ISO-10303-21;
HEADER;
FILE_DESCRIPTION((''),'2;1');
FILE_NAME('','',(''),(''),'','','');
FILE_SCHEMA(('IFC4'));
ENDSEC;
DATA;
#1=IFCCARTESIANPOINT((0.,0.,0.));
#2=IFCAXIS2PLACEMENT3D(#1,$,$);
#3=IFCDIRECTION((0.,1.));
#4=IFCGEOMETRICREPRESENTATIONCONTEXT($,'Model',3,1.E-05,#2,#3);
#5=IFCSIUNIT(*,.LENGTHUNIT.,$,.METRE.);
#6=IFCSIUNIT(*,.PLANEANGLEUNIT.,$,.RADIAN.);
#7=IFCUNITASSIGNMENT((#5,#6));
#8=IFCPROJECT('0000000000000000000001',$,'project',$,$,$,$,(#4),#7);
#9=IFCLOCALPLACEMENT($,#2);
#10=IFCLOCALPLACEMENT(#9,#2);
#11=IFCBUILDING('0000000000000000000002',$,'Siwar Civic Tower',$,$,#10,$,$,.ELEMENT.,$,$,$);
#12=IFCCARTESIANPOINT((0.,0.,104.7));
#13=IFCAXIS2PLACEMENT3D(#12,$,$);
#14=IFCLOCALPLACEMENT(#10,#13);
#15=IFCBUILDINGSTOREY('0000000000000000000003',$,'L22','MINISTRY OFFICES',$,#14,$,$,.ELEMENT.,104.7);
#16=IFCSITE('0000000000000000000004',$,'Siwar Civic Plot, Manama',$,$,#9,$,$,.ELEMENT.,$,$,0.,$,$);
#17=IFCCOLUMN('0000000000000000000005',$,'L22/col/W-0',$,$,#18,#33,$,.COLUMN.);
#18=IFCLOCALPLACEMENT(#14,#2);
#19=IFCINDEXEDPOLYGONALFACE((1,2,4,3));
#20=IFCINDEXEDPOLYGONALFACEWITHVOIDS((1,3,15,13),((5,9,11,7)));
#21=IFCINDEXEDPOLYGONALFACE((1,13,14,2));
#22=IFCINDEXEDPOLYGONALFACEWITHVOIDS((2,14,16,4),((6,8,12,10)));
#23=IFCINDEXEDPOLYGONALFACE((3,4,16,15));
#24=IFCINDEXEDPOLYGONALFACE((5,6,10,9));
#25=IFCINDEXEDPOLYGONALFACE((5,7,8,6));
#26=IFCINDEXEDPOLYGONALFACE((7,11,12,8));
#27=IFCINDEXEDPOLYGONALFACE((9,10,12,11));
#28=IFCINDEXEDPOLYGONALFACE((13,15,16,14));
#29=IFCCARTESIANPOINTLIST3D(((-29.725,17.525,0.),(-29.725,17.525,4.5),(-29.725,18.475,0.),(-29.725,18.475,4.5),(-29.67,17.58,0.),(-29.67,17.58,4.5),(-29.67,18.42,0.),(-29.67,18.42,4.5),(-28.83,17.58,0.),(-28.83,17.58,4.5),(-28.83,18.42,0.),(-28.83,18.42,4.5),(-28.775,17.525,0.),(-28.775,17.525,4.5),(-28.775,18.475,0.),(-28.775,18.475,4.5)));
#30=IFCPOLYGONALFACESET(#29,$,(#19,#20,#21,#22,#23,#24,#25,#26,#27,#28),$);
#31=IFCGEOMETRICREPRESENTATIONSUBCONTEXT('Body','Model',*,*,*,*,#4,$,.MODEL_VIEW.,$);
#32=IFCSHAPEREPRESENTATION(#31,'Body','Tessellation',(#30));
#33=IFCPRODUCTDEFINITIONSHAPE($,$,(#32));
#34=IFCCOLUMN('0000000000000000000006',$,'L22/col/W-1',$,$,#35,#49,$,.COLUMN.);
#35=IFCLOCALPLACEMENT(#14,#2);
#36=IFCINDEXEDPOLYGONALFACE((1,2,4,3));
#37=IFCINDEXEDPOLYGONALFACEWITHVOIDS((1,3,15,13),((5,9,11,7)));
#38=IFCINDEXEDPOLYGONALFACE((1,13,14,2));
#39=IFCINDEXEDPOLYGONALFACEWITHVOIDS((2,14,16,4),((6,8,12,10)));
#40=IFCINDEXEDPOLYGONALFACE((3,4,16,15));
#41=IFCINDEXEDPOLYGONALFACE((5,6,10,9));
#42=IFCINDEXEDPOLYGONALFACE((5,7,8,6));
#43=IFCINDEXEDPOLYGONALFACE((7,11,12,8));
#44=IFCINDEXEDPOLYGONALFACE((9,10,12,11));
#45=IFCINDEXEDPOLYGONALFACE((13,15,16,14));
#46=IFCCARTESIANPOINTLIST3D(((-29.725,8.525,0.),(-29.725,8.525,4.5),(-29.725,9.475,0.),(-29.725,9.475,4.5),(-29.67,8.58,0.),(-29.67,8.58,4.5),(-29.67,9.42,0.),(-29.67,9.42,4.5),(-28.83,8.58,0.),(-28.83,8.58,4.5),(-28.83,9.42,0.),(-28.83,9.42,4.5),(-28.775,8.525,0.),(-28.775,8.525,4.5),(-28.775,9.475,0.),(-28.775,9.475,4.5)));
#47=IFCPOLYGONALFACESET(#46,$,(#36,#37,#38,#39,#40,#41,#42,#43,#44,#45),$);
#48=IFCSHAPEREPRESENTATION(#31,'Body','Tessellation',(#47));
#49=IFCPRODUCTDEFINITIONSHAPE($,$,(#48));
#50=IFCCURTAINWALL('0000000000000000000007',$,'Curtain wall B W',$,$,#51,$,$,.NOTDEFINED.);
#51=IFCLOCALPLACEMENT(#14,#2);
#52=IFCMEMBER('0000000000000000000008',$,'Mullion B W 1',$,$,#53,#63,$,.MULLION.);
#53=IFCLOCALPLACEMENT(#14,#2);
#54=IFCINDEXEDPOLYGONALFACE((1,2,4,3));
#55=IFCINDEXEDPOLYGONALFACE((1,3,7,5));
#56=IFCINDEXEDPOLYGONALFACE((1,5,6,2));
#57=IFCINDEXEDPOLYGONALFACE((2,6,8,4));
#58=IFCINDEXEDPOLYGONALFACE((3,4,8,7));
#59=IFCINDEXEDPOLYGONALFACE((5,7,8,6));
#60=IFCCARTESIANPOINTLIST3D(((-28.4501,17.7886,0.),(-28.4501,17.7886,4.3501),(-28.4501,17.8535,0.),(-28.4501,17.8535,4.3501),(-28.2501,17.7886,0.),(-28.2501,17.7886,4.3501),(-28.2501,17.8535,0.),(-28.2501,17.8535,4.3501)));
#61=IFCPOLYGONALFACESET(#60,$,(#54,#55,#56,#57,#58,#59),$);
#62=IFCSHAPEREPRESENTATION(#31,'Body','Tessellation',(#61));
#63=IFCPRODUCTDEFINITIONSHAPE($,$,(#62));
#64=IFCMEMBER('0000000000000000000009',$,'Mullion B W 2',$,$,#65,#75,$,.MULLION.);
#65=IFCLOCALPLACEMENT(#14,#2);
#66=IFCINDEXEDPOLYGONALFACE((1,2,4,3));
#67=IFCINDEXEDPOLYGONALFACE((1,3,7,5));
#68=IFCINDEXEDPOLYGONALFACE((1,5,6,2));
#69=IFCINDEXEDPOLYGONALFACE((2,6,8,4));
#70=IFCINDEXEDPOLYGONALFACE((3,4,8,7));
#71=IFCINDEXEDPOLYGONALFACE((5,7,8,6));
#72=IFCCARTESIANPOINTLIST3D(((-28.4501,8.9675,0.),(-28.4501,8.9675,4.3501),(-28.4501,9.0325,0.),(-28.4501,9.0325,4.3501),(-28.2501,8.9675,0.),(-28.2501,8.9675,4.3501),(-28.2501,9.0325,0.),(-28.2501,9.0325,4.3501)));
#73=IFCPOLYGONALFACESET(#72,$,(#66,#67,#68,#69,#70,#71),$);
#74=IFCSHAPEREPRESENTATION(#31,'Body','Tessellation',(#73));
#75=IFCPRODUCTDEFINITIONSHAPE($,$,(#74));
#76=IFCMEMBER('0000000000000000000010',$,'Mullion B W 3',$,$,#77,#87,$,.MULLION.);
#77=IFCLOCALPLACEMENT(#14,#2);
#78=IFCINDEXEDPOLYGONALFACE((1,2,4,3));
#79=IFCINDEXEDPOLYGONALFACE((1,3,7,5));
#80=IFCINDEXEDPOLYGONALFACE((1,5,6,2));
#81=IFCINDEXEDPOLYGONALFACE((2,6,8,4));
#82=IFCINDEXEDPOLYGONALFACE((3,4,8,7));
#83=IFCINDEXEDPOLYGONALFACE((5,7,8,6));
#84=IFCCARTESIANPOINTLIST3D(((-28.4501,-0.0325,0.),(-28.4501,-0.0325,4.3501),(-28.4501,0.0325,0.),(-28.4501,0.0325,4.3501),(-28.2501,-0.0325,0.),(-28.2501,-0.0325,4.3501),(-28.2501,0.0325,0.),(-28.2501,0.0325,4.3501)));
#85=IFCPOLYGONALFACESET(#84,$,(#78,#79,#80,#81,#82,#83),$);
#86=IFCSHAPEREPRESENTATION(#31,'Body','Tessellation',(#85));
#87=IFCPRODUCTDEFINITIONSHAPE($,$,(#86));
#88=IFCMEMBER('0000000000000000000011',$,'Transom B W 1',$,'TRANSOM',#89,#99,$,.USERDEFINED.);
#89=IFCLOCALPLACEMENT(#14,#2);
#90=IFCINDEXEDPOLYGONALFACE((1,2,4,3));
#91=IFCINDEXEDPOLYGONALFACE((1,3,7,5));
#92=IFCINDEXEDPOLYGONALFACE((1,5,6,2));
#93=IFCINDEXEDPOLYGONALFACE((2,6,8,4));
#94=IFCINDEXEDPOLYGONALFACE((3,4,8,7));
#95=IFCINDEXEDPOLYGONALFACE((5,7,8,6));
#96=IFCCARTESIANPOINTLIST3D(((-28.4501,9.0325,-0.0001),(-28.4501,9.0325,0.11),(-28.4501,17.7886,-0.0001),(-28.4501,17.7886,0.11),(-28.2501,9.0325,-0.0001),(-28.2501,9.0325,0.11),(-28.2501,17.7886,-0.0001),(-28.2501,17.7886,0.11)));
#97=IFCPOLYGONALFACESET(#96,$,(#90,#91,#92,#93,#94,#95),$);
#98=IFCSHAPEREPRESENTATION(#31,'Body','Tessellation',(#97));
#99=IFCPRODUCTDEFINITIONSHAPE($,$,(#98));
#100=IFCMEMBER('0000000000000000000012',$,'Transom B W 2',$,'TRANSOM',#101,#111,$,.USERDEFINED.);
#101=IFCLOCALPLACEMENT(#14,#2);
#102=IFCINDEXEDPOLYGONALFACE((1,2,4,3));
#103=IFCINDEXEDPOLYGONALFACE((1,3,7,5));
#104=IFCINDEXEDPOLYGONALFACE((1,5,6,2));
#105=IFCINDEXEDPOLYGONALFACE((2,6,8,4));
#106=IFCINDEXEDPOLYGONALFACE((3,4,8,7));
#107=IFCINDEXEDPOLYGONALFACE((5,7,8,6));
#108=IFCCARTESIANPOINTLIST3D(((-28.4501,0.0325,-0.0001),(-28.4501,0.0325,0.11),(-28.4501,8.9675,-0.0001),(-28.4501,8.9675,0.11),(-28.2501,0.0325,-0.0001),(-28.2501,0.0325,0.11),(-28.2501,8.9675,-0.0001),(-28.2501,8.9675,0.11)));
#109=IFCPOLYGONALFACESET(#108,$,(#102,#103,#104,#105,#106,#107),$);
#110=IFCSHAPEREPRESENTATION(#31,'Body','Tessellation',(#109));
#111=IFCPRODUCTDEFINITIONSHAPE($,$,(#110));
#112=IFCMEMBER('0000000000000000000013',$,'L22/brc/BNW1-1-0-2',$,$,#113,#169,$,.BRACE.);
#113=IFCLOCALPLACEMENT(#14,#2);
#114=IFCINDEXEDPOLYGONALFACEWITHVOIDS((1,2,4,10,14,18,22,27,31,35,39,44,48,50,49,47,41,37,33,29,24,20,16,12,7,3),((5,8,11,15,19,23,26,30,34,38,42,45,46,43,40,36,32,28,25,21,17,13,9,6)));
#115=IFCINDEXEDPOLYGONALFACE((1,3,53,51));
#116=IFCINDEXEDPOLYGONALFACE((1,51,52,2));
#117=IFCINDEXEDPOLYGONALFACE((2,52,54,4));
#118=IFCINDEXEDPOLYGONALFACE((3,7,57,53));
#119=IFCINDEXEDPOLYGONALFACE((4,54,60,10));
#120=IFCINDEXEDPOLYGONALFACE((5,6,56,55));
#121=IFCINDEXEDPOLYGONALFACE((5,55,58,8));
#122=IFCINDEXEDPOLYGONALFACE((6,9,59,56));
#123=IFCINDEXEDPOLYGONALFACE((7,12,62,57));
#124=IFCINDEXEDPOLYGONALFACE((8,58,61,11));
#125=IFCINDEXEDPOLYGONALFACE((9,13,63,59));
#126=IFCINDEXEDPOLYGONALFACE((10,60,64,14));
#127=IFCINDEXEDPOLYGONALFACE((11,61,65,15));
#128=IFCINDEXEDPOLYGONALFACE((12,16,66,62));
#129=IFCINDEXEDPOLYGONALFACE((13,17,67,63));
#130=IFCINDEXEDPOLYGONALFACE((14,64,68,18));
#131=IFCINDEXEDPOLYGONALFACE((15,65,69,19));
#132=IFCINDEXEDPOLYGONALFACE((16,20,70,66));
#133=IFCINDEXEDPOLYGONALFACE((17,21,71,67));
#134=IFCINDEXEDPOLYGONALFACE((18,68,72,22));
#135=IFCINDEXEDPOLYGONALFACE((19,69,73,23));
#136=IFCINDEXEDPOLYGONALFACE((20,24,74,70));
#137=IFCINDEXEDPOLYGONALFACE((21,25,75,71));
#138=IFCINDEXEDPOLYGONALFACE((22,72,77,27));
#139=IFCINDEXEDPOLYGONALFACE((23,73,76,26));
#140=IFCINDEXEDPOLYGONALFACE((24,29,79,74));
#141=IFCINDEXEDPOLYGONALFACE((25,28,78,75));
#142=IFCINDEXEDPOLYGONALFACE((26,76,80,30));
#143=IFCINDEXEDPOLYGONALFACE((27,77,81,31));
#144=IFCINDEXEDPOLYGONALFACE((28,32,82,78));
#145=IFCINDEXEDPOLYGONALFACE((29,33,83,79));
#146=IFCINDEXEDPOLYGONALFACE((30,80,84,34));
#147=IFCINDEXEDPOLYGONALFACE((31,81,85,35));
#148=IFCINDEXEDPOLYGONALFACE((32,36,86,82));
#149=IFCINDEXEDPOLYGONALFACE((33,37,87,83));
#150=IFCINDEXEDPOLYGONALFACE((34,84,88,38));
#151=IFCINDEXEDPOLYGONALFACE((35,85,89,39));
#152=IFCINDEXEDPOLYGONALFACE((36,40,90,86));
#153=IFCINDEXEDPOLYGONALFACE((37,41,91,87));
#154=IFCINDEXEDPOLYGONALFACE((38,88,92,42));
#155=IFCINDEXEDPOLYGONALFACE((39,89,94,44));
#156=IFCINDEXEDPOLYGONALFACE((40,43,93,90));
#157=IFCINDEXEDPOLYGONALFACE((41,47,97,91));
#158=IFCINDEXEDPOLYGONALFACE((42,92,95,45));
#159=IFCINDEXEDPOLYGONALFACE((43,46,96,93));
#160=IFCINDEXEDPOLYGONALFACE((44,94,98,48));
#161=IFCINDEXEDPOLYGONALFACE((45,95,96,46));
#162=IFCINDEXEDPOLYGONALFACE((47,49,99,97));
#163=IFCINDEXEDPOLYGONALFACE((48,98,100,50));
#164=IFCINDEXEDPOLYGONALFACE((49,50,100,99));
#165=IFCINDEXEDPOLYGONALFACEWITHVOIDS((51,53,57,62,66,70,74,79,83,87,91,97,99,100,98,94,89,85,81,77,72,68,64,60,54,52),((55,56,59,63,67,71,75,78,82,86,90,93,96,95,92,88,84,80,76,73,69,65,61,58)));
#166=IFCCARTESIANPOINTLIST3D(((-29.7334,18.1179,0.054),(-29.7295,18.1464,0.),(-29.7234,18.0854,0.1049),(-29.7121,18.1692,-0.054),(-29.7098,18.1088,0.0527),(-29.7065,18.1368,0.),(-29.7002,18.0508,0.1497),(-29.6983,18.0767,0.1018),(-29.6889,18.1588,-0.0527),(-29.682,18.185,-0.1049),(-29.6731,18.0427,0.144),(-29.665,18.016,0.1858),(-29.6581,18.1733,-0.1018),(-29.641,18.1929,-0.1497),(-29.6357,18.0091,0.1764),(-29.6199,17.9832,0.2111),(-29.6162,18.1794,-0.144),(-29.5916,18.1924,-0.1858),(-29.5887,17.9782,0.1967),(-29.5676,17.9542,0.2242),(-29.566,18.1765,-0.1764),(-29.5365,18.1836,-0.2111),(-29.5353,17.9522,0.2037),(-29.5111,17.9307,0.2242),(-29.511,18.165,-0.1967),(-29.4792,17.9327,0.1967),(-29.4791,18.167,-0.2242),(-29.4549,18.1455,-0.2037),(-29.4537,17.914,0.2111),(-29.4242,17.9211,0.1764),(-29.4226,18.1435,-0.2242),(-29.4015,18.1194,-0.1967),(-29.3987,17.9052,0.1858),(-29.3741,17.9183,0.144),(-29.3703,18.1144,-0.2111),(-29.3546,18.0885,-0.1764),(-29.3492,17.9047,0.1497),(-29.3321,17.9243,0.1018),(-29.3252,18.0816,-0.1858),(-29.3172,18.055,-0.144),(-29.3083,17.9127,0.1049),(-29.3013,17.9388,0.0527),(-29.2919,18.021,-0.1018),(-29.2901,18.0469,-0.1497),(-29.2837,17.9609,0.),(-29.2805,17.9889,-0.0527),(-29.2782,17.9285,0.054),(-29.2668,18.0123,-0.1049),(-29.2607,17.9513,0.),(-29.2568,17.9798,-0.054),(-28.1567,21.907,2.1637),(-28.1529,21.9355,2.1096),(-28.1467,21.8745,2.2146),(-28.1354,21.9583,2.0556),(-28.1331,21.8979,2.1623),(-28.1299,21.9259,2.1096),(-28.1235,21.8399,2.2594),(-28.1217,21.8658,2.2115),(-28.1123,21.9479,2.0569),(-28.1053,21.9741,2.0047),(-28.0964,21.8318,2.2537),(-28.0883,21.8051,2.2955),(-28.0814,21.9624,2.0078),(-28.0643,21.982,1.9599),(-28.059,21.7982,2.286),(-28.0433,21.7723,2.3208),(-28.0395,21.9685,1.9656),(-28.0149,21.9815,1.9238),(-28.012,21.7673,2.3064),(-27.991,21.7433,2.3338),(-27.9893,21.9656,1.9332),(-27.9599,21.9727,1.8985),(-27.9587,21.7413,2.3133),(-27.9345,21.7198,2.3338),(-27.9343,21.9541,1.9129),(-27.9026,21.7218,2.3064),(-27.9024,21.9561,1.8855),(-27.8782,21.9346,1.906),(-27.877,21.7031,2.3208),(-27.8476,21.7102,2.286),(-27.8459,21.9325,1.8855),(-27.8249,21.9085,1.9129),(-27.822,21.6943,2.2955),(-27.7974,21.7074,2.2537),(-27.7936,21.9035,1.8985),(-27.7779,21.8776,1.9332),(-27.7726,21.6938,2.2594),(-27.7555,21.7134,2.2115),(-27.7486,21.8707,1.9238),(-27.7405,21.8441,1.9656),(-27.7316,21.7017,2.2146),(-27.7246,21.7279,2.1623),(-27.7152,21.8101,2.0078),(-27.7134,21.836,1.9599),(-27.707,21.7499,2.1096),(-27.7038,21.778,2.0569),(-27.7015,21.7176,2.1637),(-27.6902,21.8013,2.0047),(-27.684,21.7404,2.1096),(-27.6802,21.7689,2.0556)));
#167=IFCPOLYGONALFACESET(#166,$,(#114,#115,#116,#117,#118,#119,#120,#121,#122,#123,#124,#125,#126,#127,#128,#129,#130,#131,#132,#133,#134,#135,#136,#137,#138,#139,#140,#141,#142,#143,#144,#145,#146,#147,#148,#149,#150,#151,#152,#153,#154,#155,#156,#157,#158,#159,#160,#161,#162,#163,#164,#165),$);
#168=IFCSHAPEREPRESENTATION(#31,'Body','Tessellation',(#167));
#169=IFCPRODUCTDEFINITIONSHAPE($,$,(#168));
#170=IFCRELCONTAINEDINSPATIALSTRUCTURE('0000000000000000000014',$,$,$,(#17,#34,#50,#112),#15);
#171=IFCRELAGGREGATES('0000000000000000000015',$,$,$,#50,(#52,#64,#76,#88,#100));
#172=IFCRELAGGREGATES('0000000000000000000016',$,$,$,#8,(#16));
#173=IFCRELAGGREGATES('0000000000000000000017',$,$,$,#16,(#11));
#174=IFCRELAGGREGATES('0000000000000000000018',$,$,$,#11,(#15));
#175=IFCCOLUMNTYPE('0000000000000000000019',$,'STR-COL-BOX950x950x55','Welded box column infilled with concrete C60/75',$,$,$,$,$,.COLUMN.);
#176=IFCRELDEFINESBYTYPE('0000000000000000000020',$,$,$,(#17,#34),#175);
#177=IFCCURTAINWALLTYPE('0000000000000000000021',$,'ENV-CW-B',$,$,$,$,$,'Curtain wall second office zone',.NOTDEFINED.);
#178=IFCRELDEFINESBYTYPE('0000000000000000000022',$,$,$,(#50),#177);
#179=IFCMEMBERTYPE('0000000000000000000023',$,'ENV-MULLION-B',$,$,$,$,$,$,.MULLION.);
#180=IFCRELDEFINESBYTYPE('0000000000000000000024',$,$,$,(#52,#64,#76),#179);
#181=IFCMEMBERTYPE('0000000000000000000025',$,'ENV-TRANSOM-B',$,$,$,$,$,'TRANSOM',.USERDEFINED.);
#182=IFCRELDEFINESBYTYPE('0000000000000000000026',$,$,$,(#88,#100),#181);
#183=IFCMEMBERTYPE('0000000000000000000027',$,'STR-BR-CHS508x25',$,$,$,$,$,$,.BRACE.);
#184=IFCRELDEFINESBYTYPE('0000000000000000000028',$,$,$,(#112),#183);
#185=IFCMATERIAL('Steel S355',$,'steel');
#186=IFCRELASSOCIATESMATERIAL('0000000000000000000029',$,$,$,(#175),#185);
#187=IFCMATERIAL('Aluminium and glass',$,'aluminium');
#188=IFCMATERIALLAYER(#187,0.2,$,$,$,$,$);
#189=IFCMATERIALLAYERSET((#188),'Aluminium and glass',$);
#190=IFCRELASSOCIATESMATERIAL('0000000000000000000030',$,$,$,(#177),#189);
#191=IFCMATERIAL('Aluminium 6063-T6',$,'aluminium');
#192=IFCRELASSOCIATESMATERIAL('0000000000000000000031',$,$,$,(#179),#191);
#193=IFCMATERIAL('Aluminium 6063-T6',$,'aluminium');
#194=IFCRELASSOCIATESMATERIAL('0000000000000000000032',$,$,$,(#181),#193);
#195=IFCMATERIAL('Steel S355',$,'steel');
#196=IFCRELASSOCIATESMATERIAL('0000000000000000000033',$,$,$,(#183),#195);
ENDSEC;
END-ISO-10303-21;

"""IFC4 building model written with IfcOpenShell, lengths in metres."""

from ifc_helpers import new_model, si_unit, direction, frame, origin, origin_2d, place, context, subcontext, project, spatial, rectangle, hollow_rectangle, hollow_circle, extrude, material, layer, layer_set, material_profile, profile_set, type_object, element, aggregate, save


model = new_model("IFC4")

# Units and contexts
model_context = context("Model", 3, precision=1e-05, world=origin(), true_north=direction((0.0, 1.0)))
body_context = subcontext(model_context, "Body", "Model", "MODEL_VIEW")
ifc_project = project(units=[si_unit("LENGTHUNIT", "METRE"), si_unit("PLANEANGLEUNIT", "RADIAN")], contexts=[model_context])

# Site, building, storey
site_placement = place(None, origin())
site = spatial("IfcSite", under=ifc_project, at=site_placement, Name="Siwar Civic Plot, Manama", CompositionType="ELEMENT", RefElevation=0.0)
building_placement = place(site_placement, origin())
building = spatial("IfcBuilding", under=site, at=building_placement, Name="Siwar Civic Tower", CompositionType="ELEMENT")
storey_placement = place(building_placement, frame((0.0, 0.0, 104.7)))
storey = spatial("IfcBuildingStorey", under=building, at=storey_placement, Name="L22", Description="MINISTRY OFFICES", CompositionType="ELEMENT", Elevation=104.7)

# Columns
ifc_material_1 = material(Name="Steel S355", Category="steel")
ifc_material_profile_1 = material_profile(ifc_material_1, hollow_rectangle(XDim=0.95, YDim=0.95, WallThickness=0.0549, at=origin_2d()), Name="BOX950x950x55")
ifc_profile_set_1 = profile_set([ifc_material_profile_1], Name="Steel S355")
column_type = type_object("IfcColumnType", Name="STR-COL-BOX950x950x55", Description="Welded box column infilled with concrete C60/75", PredefinedType="COLUMN", material=ifc_profile_set_1)
for number, where, z_axis, x_axis, name in (
    (1, (-29.25, 18.0, 0.0), (0.0, 0.0, 1.0), (1.0, 0.0, 0.0), "L22/col/W-0"),
    (2, (-29.25, 9.0, 0.0), (0.0, 0.0, 1.0), (1.0, 0.0, 0.0), "L22/col/W-1"),
):
    element("IfcColumn", number, at=place(storey_placement, frame(where, z_axis=z_axis, x_axis=x_axis)), inside=storey, type_object=column_type, Name=name, PredefinedType="COLUMN", context=body_context, shape_type="SweptSolid", body=[
        extrude(hollow_rectangle(XDim=0.95, YDim=0.95, WallThickness=0.0549, at=origin_2d()), origin(), (0.0, 0.0, 1.0), 4.5),
    ])

# Curtain wall, members
ifc_material_2 = material(Name="Aluminium and glass", Category="aluminium")
ifc_layer_1 = layer(ifc_material_2, 0.2)
ifc_layer_set_1 = layer_set([ifc_layer_1], Name="Aluminium and glass")
curtain_wall_type = type_object("IfcCurtainWallType", Name="ENV-CW-B", ElementType="Curtain wall second office zone", PredefinedType="NOTDEFINED", material=ifc_layer_set_1)
curtain_wall_placement = place(storey_placement, origin())
curtain_wall = element("IfcCurtainWall", 3, at=curtain_wall_placement, inside=storey, type_object=curtain_wall_type, Name="Curtain wall B W", PredefinedType="NOTDEFINED")
ifc_material_3 = material(Name="Aluminium 6063-T6", Category="aluminium")
ifc_material_profile_2 = material_profile(ifc_material_3, rectangle(XDim=0.2, YDim=0.0649, at=origin_2d()), Name="AL 200x65")
ifc_profile_set_2 = profile_set([ifc_material_profile_2], Name="Aluminium 6063-T6")
member_type_1 = type_object("IfcMemberType", Name="ENV-MULLION-B", PredefinedType="MULLION", material=ifc_profile_set_2)
member_1_placement = place(storey_placement, frame((-28.3501, 17.821, 0.0), z_axis=(0.0, 0.0, 1.0), x_axis=(1.0, 0.0, 0.0)))
member_1 = element("IfcMember", 4, at=member_1_placement, type_object=member_type_1, Name="Mullion B W 1", PredefinedType="MULLION", context=body_context, shape_type="SweptSolid", body=[
    extrude(rectangle(XDim=0.2, YDim=0.0649, at=origin_2d()), origin(), (0.0, 0.0, 1.0), 4.3501),
])
member_2_placement = place(storey_placement, frame((-28.3501, 9.0, 0.0), z_axis=(0.0, 0.0, 1.0), x_axis=(1.0, 0.0, 0.0)))
member_2 = element("IfcMember", 5, at=member_2_placement, type_object=member_type_1, Name="Mullion B W 2", PredefinedType="MULLION", context=body_context, shape_type="SweptSolid", body=[
    extrude(rectangle(XDim=0.2, YDim=0.0649, at=origin_2d()), origin(), (0.0, 0.0, 1.0), 4.3501),
])
member_3_placement = place(storey_placement, frame((-28.3501, 0.0, 0.0), z_axis=(0.0, 0.0, 1.0), x_axis=(1.0, 0.0, 0.0)))
member_3 = element("IfcMember", 6, at=member_3_placement, type_object=member_type_1, Name="Mullion B W 3", PredefinedType="MULLION", context=body_context, shape_type="SweptSolid", body=[
    extrude(rectangle(XDim=0.2, YDim=0.0649, at=origin_2d()), origin(), (0.0, 0.0, 1.0), 4.3501),
])
ifc_material_4 = material(Name="Aluminium 6063-T6", Category="aluminium")
ifc_material_profile_3 = material_profile(ifc_material_4, rectangle(XDim=0.2, YDim=0.1101, at=origin_2d()), Name="AL 200x110")
ifc_profile_set_3 = profile_set([ifc_material_profile_3], Name="Aluminium 6063-T6")
member_type_2 = type_object("IfcMemberType", Name="ENV-TRANSOM-B", ElementType="TRANSOM", PredefinedType="USERDEFINED", material=ifc_profile_set_3)
member_4_placement = place(storey_placement, frame((-28.3501, 17.7886, 0.0549), z_axis=(0.0, -1.0, 0.0), x_axis=(1.0, 0.0, 0.0)))
member_4 = element("IfcMember", 7, at=member_4_placement, type_object=member_type_2, Name="Transom B W 1", ObjectType="TRANSOM", PredefinedType="USERDEFINED", context=body_context, shape_type="SweptSolid", body=[
    extrude(rectangle(XDim=0.2, YDim=0.1101, at=origin_2d()), origin(), (0.0, 0.0, 1.0), 8.7561),
])
member_5_placement = place(storey_placement, frame((-28.3501, 8.9675, 0.0549), z_axis=(0.0, -1.0, 0.0), x_axis=(1.0, 0.0, 0.0)))
member_5 = element("IfcMember", 8, at=member_5_placement, type_object=member_type_2, Name="Transom B W 2", ObjectType="TRANSOM", PredefinedType="USERDEFINED", context=body_context, shape_type="SweptSolid", body=[
    extrude(rectangle(XDim=0.2, YDim=0.1101, at=origin_2d()), origin(), (0.0, 0.0, 1.0), 8.9351),
])

# Member
ifc_material_5 = material(Name="Steel S355", Category="steel")
ifc_material_profile_4 = material_profile(ifc_material_5, hollow_circle(Radius=0.2539, WallThickness=0.0249, at=origin_2d()), Name="CHS508x25")
ifc_profile_set_4 = profile_set([ifc_material_profile_4], Name="Steel S355")
member_type_3 = type_object("IfcMemberType", Name="STR-BR-CHS508x25", PredefinedType="BRACE", material=ifc_profile_set_4)
member_6_placement = place(storey_placement, frame((-29.4951, 18.0488, 0.0), z_axis=(0.341677, 0.821126, 0.457175), x_axis=(-0.92326, 0.384176, 0.0)))
element("IfcMember", 9, at=member_6_placement, inside=storey, type_object=member_type_3, Name="L22/brc/BNW1-1-0-2", PredefinedType="BRACE", context=body_context, shape_type="SweptSolid", body=[
    extrude(hollow_circle(Radius=0.2539, WallThickness=0.0249, at=origin_2d()), origin(), (0.0, 0.0, 1.0), 4.6145),
])

aggregate(curtain_wall, [member_1, member_2, member_3, member_4, member_5])

save(model, "model.ifc")
